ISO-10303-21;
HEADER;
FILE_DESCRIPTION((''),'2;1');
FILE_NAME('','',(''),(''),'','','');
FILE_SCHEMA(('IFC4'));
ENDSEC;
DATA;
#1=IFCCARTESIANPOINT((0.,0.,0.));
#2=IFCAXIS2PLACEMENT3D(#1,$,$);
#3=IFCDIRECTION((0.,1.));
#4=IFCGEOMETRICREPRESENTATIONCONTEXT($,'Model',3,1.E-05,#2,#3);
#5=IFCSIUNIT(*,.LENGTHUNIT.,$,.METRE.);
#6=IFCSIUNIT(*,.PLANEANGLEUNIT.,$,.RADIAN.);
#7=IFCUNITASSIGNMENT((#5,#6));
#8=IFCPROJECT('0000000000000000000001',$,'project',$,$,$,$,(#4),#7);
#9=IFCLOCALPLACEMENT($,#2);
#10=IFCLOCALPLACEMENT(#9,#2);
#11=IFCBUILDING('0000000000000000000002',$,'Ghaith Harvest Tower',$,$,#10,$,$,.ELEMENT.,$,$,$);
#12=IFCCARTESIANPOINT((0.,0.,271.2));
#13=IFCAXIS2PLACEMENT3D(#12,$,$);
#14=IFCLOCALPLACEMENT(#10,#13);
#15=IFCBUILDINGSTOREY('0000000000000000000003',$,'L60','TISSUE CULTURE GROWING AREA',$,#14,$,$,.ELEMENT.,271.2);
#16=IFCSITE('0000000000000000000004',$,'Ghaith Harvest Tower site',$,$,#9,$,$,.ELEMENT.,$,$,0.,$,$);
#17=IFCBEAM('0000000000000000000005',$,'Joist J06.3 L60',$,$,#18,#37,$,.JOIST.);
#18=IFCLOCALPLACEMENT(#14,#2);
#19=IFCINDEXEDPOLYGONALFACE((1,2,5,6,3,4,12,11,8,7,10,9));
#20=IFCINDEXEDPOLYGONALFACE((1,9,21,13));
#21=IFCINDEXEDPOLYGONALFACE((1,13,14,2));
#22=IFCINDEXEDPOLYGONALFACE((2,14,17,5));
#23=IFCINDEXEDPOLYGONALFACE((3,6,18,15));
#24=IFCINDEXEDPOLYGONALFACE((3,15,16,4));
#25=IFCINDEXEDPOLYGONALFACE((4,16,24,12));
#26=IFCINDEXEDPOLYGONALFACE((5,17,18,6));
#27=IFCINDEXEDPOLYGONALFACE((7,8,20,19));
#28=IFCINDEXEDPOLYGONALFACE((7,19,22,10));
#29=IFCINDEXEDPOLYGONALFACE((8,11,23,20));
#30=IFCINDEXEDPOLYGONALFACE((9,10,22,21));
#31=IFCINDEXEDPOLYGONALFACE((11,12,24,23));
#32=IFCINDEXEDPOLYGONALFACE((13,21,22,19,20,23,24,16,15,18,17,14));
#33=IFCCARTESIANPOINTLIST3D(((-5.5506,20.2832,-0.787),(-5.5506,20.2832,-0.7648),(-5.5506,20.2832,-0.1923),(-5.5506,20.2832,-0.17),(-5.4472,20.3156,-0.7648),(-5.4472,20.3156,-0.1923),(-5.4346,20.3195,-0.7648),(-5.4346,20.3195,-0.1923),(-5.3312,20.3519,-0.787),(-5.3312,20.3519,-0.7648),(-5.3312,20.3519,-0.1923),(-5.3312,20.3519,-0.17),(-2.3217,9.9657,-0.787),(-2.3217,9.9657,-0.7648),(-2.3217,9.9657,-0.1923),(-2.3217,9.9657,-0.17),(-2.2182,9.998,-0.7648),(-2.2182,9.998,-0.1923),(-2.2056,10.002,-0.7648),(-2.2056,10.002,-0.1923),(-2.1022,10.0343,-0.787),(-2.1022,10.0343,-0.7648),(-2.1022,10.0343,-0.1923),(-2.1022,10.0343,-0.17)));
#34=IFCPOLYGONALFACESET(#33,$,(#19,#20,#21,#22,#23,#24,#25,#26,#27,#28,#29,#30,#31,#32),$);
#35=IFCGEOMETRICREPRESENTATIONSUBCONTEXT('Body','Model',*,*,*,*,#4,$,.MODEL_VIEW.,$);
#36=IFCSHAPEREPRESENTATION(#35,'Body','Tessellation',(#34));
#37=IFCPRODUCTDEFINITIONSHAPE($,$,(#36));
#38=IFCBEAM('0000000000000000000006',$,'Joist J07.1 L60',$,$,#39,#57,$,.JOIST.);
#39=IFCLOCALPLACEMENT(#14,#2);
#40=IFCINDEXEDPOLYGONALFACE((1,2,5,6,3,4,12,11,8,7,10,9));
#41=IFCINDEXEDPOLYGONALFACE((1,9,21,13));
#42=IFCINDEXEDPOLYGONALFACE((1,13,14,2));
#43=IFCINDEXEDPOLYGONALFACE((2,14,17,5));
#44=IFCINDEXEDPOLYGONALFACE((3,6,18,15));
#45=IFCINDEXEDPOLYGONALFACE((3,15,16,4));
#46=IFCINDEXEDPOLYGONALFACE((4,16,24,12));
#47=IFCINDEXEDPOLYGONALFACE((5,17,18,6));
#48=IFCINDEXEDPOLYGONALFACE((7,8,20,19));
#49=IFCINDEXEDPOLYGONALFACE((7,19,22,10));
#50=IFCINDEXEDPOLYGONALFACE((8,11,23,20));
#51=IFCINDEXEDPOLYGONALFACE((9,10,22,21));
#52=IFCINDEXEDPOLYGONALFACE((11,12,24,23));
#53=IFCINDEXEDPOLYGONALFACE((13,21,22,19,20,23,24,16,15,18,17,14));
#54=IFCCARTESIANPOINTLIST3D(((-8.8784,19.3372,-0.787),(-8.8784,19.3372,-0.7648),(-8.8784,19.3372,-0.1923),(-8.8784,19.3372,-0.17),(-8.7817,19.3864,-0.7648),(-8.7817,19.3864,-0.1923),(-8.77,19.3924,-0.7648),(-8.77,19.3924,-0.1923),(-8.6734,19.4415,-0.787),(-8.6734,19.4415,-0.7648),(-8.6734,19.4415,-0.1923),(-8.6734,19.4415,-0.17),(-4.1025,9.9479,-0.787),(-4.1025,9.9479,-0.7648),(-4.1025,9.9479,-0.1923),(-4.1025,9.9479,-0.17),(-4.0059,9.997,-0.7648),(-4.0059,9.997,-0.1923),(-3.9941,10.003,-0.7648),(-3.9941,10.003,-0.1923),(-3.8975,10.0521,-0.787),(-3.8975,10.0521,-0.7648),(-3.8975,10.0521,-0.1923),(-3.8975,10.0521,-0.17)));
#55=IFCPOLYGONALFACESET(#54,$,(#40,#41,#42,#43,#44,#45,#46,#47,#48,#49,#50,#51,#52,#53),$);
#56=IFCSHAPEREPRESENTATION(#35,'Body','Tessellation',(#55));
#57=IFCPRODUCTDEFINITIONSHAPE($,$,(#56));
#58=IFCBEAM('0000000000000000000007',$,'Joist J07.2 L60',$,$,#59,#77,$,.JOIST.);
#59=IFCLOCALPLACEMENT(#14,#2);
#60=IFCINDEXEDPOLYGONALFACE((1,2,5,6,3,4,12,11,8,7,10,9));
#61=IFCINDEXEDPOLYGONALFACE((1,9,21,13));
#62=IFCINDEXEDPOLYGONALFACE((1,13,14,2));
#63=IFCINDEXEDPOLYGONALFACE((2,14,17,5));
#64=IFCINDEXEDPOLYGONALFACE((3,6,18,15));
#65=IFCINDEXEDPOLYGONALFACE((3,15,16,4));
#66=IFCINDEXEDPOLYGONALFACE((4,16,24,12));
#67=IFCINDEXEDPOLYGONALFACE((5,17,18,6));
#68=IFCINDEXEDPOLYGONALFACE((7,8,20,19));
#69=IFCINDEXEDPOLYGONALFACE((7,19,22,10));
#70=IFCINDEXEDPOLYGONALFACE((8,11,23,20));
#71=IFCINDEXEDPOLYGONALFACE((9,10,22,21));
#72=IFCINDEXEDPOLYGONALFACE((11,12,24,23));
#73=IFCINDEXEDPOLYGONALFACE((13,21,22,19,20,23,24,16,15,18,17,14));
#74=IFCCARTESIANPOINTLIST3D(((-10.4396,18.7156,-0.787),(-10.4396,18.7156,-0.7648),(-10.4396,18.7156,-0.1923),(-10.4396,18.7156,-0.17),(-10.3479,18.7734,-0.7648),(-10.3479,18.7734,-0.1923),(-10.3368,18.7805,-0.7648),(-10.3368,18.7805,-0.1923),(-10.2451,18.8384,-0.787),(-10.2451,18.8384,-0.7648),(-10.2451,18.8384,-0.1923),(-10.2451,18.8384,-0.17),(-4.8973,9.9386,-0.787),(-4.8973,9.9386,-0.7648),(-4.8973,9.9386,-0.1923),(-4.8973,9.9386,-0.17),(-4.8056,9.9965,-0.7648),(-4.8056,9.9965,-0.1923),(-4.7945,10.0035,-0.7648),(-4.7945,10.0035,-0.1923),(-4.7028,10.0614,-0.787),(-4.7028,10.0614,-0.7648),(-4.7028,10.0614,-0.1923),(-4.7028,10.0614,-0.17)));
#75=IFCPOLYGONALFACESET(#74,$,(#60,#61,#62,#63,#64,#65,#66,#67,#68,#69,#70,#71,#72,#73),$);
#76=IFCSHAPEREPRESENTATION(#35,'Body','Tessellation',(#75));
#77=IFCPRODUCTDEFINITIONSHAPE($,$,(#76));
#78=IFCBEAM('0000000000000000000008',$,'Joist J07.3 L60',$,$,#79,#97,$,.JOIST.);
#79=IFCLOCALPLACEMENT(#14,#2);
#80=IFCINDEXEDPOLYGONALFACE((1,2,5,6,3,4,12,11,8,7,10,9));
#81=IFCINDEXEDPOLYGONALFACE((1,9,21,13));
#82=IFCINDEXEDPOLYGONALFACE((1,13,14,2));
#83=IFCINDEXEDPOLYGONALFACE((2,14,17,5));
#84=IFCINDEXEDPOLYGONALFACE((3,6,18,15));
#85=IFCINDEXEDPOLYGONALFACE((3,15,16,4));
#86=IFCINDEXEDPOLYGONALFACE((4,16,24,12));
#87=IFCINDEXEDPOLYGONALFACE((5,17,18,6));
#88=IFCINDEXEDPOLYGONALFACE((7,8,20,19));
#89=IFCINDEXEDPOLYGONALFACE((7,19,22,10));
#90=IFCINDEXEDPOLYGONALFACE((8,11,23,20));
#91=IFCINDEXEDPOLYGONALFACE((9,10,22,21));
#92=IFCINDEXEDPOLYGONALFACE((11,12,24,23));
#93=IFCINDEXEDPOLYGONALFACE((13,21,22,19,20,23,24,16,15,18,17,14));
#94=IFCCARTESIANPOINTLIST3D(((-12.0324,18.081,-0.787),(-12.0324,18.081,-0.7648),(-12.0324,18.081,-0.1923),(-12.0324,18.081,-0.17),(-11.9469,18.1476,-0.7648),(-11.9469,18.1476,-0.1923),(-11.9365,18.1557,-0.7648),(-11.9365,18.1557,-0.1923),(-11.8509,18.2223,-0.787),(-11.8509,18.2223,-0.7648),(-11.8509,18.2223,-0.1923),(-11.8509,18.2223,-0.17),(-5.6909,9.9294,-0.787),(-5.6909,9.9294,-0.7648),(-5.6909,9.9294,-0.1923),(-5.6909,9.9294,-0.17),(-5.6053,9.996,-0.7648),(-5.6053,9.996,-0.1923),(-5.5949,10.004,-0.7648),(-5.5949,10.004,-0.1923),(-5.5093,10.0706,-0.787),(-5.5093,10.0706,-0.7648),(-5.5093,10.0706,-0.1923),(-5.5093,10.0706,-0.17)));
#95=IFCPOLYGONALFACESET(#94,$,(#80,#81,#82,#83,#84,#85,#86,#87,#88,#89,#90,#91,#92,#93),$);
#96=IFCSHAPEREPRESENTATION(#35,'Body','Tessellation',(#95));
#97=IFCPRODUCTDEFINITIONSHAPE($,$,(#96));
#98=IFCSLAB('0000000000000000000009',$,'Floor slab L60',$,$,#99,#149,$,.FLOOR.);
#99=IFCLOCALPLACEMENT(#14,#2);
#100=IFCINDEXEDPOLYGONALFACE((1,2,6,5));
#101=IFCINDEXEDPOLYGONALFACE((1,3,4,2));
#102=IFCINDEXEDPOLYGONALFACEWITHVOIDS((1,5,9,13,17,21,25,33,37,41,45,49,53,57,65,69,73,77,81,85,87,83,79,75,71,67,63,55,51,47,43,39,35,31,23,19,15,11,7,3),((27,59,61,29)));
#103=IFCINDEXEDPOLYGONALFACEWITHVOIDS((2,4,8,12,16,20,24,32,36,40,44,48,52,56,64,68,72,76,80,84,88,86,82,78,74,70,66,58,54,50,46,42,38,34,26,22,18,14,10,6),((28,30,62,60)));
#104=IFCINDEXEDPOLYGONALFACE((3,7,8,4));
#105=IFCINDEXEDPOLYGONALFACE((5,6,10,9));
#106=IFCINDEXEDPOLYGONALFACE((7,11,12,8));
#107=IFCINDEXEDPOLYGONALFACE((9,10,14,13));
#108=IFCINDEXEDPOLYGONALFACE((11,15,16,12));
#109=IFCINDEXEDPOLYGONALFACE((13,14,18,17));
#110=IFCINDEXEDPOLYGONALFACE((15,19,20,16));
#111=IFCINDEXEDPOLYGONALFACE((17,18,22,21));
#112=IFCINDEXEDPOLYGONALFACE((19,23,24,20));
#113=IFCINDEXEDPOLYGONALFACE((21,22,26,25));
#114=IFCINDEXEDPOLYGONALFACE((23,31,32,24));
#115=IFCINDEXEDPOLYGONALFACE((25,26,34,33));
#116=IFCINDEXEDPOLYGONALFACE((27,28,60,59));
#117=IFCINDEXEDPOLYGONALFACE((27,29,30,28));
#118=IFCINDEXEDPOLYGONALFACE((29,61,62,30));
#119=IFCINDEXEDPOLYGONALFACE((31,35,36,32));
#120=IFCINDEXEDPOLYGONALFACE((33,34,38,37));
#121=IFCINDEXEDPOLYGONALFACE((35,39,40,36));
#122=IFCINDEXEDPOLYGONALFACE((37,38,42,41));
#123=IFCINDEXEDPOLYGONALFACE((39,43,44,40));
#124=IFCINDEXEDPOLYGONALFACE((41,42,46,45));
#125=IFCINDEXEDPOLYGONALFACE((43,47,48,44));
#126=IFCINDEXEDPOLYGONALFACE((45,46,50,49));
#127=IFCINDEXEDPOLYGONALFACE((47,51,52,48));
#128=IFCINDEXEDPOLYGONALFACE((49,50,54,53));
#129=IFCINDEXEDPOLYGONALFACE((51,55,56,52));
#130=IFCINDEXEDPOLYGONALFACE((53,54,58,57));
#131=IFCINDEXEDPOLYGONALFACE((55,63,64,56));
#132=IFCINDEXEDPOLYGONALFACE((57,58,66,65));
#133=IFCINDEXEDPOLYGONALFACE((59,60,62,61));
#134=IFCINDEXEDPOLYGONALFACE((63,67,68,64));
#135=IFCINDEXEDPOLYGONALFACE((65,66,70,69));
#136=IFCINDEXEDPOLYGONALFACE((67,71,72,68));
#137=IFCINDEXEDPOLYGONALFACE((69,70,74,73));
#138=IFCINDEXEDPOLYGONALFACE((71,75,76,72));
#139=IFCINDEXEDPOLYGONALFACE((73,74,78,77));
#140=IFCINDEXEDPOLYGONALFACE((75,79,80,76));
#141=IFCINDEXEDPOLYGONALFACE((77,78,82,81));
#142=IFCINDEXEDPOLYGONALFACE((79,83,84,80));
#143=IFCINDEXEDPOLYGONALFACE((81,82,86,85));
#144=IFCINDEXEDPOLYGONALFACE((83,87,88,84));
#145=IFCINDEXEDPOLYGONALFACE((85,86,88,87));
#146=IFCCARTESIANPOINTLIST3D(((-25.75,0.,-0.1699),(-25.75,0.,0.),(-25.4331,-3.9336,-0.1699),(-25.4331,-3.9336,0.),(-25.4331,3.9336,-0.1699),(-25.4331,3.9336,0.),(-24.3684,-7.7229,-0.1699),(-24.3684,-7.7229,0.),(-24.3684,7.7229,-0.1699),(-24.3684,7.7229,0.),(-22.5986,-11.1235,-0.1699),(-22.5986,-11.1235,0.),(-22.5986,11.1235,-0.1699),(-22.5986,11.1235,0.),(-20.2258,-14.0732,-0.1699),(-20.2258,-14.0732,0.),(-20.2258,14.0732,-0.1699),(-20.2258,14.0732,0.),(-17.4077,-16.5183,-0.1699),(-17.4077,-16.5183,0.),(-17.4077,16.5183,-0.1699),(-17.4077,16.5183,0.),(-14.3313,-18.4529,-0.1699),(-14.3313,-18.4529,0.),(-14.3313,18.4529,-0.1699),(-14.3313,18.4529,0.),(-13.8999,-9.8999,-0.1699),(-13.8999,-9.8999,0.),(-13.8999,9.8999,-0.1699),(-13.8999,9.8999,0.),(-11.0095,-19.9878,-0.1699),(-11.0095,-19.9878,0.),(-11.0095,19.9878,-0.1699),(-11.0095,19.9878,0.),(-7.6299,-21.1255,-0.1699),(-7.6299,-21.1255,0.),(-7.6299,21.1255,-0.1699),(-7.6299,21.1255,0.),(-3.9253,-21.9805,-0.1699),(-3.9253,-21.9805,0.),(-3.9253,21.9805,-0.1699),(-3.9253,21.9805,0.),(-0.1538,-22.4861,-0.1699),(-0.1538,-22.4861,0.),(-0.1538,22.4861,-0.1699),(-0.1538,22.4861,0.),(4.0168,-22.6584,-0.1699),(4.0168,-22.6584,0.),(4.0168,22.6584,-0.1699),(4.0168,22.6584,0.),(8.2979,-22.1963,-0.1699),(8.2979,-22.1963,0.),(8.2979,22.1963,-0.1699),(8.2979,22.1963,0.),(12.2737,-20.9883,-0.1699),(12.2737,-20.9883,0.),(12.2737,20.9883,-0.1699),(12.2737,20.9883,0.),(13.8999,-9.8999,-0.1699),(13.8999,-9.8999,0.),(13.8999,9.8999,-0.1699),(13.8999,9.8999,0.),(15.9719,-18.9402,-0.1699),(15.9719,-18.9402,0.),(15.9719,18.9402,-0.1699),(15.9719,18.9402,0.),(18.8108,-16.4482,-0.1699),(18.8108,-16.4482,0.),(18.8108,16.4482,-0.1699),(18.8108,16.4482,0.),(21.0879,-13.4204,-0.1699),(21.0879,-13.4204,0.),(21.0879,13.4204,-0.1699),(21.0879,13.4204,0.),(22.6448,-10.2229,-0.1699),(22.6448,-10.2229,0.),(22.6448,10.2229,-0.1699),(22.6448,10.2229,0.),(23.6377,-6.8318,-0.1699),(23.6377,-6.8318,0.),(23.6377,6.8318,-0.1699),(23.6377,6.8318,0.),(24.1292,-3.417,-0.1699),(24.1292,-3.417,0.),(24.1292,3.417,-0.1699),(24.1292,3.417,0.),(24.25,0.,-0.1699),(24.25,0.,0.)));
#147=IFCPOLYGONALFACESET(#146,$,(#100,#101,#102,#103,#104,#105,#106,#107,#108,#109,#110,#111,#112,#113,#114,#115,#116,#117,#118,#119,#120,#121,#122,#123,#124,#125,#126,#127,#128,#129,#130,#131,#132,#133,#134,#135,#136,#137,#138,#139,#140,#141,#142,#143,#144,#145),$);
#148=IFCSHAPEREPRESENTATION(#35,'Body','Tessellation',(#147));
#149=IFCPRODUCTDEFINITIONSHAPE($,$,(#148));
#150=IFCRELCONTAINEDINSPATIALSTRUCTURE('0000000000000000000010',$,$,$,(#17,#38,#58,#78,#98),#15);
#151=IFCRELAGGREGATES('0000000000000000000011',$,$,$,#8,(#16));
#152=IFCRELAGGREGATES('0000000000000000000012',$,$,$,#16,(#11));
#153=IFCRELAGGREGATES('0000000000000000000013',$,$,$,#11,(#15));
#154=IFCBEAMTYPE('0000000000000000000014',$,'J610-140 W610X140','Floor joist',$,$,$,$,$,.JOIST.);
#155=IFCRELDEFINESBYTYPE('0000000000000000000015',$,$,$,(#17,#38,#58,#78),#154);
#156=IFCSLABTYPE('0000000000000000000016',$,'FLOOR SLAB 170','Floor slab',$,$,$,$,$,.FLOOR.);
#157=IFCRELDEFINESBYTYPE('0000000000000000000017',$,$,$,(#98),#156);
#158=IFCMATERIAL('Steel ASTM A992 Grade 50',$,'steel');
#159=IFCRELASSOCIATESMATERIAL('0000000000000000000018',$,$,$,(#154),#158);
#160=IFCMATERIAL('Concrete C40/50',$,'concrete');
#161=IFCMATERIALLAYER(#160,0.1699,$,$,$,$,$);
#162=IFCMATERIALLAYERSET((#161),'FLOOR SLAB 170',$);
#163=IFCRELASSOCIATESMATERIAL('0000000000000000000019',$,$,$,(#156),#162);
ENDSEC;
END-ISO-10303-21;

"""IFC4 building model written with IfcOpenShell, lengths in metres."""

from ifc_helpers import new_model, si_unit, direction, frame, origin, origin_2d, place, context, subcontext, project, spatial, polyline, i_section, outline, extrude, material, layer, layer_set, material_profile, profile_set, type_object, element, save


model = new_model("IFC4")

# Units and contexts
model_context = context("Model", 3, precision=1e-05, world=origin(), true_north=direction((0.0, 1.0)))
body_context = subcontext(model_context, "Body", "Model", "MODEL_VIEW")
ifc_project = project(units=[si_unit("LENGTHUNIT", "METRE"), si_unit("PLANEANGLEUNIT", "RADIAN")], contexts=[model_context])

# Site, building, storey
site_placement = place(None, origin())
site = spatial("IfcSite", under=ifc_project, at=site_placement, Name="Ghaith Harvest Tower site", CompositionType="ELEMENT", RefElevation=0.0)
building_placement = place(site_placement, origin())
building = spatial("IfcBuilding", under=site, at=building_placement, Name="Ghaith Harvest Tower", CompositionType="ELEMENT")
storey_placement = place(building_placement, frame((0.0, 0.0, 271.2)))
storey = spatial("IfcBuildingStorey", under=building, at=storey_placement, Name="L60", Description="TISSUE CULTURE GROWING AREA", CompositionType="ELEMENT", Elevation=271.2)

# Beams
ifc_material_1 = material(Name="Steel ASTM A992 Grade 50", Category="steel")
ifc_material_profile = material_profile(ifc_material_1, i_section(OverallWidth=0.23, OverallDepth=0.6169, WebThickness=0.0132, FlangeThickness=0.0222, at=origin_2d()), Name="W610X140")
ifc_profile_set = profile_set([ifc_material_profile], Name="Steel ASTM A992 Grade 50")
beam_type = type_object("IfcBeamType", Name="J610-140 W610X140", Description="Floor joist", PredefinedType="JOIST", material=ifc_profile_set)
beam_1_placement = place(storey_placement, frame((-2.2119, 10.0, -0.4785), z_axis=(-0.298675, 0.954355, 0.0), x_axis=(-0.954355, -0.298675, 0.0)))
element("IfcBeam", 1, at=beam_1_placement, inside=storey, type_object=beam_type, Name="Joist J06.3 L60", PredefinedType="JOIST", context=body_context, shape_type="SweptSolid", body=[
    extrude(i_section(OverallWidth=0.23, OverallDepth=0.6169, WebThickness=0.0132, FlangeThickness=0.0222, at=origin_2d()), origin(), (0.0, 0.0, 1.0), 10.811),
])
beam_2_placement = place(storey_placement, frame((-4.0, 10.0, -0.4785), z_axis=(-0.453368, 0.891324, 0.0), x_axis=(-0.891324, -0.453368, 0.0)))
element("IfcBeam", 2, at=beam_2_placement, inside=storey, type_object=beam_type, Name="Joist J07.1 L60", PredefinedType="JOIST", context=body_context, shape_type="SweptSolid", body=[
    extrude(i_section(OverallWidth=0.23, OverallDepth=0.6169, WebThickness=0.0132, FlangeThickness=0.0222, at=origin_2d()), origin(), (0.0, 0.0, 1.0), 10.5342),
])
beam_3_placement = place(storey_placement, frame((-4.8, 10.0, -0.4785), z_axis=(-0.533921, 0.845534, 0.0), x_axis=(-0.845534, -0.533921, 0.0)))
element("IfcBeam", 3, at=beam_3_placement, inside=storey, type_object=beam_type, Name="Joist J07.2 L60", PredefinedType="JOIST", context=body_context, shape_type="SweptSolid", body=[
    extrude(i_section(OverallWidth=0.23, OverallDepth=0.6169, WebThickness=0.0132, FlangeThickness=0.0222, at=origin_2d()), origin(), (0.0, 0.0, 1.0), 10.3804),
])
beam_4_placement = place(storey_placement, frame((-5.6001, 10.0, -0.4785), z_axis=(-0.614026, 0.789286, 0.0), x_axis=(-0.789286, -0.614026, 0.0)))
element("IfcBeam", 4, at=beam_4_placement, inside=storey, type_object=beam_type, Name="Joist J07.3 L60", PredefinedType="JOIST", context=body_context, shape_type="SweptSolid", body=[
    extrude(i_section(OverallWidth=0.23, OverallDepth=0.6169, WebThickness=0.0132, FlangeThickness=0.0222, at=origin_2d()), origin(), (0.0, 0.0, 1.0), 10.3279),
])

# Slab
ifc_material_2 = material(Name="Concrete C40/50", Category="concrete")
ifc_layer_1 = layer(ifc_material_2, 0.1699)
ifc_layer_set_1 = layer_set([ifc_layer_1], Name="FLOOR SLAB 170")
slab_type_1 = type_object("IfcSlabType", Name="FLOOR SLAB 170", Description="Floor slab", PredefinedType="FLOOR", material=ifc_layer_set_1)
slab_1_placement = place(storey_placement, frame((0.0, 0.0, -0.1699)))
element("IfcSlab", 5, at=slab_1_placement, inside=storey, type_object=slab_type_1, Name="Floor slab L60", PredefinedType="FLOOR", context=body_context, shape_type="SweptSolid", body=[
    extrude(outline(polyline([(24.25, 0.0), (24.1292, 3.417), (23.6377, 6.8318), (22.6448, 10.2229), (21.0879, 13.4204), (18.8108, 16.4482), (15.9719, 18.9402), (12.2737, 20.9883), (8.2979, 22.1963), (4.0168, 22.6584), (-0.1538, 22.4861), (-3.9253, 21.9805), (-7.6299, 21.1255), (-11.0095, 19.9878), (-14.3313, 18.4529), (-17.4077, 16.5183), (-20.2258, 14.0732), (-22.5986, 11.1235), (-24.3684, 7.7229), (-25.4331, 3.9336), (-25.75, 0.0), (-25.4331, -3.9336), (-24.3684, -7.7229), (-22.5986, -11.1235), (-20.2258, -14.0732), (-17.4077, -16.5183), (-14.3313, -18.4529), (-11.0095, -19.9878), (-7.6299, -21.1255), (-3.9253, -21.9805), (-0.1538, -22.4861), (4.0168, -22.6584), (8.2979, -22.1963), (12.2737, -20.9883), (15.9719, -18.9402), (18.8108, -16.4482), (21.0879, -13.4204), (22.6448, -10.2229), (23.6377, -6.8318), (24.1292, -3.417), (24.25, 0.0)]), holes=[polyline([(-13.8999, -9.8999), (13.8999, -9.8999), (13.8999, 9.8999), (-13.8999, 9.8999), (-13.8999, -9.8999)])]), origin(), (0.0, 0.0, 1.0), 0.1699),
])

save(model, "model.ifc")
